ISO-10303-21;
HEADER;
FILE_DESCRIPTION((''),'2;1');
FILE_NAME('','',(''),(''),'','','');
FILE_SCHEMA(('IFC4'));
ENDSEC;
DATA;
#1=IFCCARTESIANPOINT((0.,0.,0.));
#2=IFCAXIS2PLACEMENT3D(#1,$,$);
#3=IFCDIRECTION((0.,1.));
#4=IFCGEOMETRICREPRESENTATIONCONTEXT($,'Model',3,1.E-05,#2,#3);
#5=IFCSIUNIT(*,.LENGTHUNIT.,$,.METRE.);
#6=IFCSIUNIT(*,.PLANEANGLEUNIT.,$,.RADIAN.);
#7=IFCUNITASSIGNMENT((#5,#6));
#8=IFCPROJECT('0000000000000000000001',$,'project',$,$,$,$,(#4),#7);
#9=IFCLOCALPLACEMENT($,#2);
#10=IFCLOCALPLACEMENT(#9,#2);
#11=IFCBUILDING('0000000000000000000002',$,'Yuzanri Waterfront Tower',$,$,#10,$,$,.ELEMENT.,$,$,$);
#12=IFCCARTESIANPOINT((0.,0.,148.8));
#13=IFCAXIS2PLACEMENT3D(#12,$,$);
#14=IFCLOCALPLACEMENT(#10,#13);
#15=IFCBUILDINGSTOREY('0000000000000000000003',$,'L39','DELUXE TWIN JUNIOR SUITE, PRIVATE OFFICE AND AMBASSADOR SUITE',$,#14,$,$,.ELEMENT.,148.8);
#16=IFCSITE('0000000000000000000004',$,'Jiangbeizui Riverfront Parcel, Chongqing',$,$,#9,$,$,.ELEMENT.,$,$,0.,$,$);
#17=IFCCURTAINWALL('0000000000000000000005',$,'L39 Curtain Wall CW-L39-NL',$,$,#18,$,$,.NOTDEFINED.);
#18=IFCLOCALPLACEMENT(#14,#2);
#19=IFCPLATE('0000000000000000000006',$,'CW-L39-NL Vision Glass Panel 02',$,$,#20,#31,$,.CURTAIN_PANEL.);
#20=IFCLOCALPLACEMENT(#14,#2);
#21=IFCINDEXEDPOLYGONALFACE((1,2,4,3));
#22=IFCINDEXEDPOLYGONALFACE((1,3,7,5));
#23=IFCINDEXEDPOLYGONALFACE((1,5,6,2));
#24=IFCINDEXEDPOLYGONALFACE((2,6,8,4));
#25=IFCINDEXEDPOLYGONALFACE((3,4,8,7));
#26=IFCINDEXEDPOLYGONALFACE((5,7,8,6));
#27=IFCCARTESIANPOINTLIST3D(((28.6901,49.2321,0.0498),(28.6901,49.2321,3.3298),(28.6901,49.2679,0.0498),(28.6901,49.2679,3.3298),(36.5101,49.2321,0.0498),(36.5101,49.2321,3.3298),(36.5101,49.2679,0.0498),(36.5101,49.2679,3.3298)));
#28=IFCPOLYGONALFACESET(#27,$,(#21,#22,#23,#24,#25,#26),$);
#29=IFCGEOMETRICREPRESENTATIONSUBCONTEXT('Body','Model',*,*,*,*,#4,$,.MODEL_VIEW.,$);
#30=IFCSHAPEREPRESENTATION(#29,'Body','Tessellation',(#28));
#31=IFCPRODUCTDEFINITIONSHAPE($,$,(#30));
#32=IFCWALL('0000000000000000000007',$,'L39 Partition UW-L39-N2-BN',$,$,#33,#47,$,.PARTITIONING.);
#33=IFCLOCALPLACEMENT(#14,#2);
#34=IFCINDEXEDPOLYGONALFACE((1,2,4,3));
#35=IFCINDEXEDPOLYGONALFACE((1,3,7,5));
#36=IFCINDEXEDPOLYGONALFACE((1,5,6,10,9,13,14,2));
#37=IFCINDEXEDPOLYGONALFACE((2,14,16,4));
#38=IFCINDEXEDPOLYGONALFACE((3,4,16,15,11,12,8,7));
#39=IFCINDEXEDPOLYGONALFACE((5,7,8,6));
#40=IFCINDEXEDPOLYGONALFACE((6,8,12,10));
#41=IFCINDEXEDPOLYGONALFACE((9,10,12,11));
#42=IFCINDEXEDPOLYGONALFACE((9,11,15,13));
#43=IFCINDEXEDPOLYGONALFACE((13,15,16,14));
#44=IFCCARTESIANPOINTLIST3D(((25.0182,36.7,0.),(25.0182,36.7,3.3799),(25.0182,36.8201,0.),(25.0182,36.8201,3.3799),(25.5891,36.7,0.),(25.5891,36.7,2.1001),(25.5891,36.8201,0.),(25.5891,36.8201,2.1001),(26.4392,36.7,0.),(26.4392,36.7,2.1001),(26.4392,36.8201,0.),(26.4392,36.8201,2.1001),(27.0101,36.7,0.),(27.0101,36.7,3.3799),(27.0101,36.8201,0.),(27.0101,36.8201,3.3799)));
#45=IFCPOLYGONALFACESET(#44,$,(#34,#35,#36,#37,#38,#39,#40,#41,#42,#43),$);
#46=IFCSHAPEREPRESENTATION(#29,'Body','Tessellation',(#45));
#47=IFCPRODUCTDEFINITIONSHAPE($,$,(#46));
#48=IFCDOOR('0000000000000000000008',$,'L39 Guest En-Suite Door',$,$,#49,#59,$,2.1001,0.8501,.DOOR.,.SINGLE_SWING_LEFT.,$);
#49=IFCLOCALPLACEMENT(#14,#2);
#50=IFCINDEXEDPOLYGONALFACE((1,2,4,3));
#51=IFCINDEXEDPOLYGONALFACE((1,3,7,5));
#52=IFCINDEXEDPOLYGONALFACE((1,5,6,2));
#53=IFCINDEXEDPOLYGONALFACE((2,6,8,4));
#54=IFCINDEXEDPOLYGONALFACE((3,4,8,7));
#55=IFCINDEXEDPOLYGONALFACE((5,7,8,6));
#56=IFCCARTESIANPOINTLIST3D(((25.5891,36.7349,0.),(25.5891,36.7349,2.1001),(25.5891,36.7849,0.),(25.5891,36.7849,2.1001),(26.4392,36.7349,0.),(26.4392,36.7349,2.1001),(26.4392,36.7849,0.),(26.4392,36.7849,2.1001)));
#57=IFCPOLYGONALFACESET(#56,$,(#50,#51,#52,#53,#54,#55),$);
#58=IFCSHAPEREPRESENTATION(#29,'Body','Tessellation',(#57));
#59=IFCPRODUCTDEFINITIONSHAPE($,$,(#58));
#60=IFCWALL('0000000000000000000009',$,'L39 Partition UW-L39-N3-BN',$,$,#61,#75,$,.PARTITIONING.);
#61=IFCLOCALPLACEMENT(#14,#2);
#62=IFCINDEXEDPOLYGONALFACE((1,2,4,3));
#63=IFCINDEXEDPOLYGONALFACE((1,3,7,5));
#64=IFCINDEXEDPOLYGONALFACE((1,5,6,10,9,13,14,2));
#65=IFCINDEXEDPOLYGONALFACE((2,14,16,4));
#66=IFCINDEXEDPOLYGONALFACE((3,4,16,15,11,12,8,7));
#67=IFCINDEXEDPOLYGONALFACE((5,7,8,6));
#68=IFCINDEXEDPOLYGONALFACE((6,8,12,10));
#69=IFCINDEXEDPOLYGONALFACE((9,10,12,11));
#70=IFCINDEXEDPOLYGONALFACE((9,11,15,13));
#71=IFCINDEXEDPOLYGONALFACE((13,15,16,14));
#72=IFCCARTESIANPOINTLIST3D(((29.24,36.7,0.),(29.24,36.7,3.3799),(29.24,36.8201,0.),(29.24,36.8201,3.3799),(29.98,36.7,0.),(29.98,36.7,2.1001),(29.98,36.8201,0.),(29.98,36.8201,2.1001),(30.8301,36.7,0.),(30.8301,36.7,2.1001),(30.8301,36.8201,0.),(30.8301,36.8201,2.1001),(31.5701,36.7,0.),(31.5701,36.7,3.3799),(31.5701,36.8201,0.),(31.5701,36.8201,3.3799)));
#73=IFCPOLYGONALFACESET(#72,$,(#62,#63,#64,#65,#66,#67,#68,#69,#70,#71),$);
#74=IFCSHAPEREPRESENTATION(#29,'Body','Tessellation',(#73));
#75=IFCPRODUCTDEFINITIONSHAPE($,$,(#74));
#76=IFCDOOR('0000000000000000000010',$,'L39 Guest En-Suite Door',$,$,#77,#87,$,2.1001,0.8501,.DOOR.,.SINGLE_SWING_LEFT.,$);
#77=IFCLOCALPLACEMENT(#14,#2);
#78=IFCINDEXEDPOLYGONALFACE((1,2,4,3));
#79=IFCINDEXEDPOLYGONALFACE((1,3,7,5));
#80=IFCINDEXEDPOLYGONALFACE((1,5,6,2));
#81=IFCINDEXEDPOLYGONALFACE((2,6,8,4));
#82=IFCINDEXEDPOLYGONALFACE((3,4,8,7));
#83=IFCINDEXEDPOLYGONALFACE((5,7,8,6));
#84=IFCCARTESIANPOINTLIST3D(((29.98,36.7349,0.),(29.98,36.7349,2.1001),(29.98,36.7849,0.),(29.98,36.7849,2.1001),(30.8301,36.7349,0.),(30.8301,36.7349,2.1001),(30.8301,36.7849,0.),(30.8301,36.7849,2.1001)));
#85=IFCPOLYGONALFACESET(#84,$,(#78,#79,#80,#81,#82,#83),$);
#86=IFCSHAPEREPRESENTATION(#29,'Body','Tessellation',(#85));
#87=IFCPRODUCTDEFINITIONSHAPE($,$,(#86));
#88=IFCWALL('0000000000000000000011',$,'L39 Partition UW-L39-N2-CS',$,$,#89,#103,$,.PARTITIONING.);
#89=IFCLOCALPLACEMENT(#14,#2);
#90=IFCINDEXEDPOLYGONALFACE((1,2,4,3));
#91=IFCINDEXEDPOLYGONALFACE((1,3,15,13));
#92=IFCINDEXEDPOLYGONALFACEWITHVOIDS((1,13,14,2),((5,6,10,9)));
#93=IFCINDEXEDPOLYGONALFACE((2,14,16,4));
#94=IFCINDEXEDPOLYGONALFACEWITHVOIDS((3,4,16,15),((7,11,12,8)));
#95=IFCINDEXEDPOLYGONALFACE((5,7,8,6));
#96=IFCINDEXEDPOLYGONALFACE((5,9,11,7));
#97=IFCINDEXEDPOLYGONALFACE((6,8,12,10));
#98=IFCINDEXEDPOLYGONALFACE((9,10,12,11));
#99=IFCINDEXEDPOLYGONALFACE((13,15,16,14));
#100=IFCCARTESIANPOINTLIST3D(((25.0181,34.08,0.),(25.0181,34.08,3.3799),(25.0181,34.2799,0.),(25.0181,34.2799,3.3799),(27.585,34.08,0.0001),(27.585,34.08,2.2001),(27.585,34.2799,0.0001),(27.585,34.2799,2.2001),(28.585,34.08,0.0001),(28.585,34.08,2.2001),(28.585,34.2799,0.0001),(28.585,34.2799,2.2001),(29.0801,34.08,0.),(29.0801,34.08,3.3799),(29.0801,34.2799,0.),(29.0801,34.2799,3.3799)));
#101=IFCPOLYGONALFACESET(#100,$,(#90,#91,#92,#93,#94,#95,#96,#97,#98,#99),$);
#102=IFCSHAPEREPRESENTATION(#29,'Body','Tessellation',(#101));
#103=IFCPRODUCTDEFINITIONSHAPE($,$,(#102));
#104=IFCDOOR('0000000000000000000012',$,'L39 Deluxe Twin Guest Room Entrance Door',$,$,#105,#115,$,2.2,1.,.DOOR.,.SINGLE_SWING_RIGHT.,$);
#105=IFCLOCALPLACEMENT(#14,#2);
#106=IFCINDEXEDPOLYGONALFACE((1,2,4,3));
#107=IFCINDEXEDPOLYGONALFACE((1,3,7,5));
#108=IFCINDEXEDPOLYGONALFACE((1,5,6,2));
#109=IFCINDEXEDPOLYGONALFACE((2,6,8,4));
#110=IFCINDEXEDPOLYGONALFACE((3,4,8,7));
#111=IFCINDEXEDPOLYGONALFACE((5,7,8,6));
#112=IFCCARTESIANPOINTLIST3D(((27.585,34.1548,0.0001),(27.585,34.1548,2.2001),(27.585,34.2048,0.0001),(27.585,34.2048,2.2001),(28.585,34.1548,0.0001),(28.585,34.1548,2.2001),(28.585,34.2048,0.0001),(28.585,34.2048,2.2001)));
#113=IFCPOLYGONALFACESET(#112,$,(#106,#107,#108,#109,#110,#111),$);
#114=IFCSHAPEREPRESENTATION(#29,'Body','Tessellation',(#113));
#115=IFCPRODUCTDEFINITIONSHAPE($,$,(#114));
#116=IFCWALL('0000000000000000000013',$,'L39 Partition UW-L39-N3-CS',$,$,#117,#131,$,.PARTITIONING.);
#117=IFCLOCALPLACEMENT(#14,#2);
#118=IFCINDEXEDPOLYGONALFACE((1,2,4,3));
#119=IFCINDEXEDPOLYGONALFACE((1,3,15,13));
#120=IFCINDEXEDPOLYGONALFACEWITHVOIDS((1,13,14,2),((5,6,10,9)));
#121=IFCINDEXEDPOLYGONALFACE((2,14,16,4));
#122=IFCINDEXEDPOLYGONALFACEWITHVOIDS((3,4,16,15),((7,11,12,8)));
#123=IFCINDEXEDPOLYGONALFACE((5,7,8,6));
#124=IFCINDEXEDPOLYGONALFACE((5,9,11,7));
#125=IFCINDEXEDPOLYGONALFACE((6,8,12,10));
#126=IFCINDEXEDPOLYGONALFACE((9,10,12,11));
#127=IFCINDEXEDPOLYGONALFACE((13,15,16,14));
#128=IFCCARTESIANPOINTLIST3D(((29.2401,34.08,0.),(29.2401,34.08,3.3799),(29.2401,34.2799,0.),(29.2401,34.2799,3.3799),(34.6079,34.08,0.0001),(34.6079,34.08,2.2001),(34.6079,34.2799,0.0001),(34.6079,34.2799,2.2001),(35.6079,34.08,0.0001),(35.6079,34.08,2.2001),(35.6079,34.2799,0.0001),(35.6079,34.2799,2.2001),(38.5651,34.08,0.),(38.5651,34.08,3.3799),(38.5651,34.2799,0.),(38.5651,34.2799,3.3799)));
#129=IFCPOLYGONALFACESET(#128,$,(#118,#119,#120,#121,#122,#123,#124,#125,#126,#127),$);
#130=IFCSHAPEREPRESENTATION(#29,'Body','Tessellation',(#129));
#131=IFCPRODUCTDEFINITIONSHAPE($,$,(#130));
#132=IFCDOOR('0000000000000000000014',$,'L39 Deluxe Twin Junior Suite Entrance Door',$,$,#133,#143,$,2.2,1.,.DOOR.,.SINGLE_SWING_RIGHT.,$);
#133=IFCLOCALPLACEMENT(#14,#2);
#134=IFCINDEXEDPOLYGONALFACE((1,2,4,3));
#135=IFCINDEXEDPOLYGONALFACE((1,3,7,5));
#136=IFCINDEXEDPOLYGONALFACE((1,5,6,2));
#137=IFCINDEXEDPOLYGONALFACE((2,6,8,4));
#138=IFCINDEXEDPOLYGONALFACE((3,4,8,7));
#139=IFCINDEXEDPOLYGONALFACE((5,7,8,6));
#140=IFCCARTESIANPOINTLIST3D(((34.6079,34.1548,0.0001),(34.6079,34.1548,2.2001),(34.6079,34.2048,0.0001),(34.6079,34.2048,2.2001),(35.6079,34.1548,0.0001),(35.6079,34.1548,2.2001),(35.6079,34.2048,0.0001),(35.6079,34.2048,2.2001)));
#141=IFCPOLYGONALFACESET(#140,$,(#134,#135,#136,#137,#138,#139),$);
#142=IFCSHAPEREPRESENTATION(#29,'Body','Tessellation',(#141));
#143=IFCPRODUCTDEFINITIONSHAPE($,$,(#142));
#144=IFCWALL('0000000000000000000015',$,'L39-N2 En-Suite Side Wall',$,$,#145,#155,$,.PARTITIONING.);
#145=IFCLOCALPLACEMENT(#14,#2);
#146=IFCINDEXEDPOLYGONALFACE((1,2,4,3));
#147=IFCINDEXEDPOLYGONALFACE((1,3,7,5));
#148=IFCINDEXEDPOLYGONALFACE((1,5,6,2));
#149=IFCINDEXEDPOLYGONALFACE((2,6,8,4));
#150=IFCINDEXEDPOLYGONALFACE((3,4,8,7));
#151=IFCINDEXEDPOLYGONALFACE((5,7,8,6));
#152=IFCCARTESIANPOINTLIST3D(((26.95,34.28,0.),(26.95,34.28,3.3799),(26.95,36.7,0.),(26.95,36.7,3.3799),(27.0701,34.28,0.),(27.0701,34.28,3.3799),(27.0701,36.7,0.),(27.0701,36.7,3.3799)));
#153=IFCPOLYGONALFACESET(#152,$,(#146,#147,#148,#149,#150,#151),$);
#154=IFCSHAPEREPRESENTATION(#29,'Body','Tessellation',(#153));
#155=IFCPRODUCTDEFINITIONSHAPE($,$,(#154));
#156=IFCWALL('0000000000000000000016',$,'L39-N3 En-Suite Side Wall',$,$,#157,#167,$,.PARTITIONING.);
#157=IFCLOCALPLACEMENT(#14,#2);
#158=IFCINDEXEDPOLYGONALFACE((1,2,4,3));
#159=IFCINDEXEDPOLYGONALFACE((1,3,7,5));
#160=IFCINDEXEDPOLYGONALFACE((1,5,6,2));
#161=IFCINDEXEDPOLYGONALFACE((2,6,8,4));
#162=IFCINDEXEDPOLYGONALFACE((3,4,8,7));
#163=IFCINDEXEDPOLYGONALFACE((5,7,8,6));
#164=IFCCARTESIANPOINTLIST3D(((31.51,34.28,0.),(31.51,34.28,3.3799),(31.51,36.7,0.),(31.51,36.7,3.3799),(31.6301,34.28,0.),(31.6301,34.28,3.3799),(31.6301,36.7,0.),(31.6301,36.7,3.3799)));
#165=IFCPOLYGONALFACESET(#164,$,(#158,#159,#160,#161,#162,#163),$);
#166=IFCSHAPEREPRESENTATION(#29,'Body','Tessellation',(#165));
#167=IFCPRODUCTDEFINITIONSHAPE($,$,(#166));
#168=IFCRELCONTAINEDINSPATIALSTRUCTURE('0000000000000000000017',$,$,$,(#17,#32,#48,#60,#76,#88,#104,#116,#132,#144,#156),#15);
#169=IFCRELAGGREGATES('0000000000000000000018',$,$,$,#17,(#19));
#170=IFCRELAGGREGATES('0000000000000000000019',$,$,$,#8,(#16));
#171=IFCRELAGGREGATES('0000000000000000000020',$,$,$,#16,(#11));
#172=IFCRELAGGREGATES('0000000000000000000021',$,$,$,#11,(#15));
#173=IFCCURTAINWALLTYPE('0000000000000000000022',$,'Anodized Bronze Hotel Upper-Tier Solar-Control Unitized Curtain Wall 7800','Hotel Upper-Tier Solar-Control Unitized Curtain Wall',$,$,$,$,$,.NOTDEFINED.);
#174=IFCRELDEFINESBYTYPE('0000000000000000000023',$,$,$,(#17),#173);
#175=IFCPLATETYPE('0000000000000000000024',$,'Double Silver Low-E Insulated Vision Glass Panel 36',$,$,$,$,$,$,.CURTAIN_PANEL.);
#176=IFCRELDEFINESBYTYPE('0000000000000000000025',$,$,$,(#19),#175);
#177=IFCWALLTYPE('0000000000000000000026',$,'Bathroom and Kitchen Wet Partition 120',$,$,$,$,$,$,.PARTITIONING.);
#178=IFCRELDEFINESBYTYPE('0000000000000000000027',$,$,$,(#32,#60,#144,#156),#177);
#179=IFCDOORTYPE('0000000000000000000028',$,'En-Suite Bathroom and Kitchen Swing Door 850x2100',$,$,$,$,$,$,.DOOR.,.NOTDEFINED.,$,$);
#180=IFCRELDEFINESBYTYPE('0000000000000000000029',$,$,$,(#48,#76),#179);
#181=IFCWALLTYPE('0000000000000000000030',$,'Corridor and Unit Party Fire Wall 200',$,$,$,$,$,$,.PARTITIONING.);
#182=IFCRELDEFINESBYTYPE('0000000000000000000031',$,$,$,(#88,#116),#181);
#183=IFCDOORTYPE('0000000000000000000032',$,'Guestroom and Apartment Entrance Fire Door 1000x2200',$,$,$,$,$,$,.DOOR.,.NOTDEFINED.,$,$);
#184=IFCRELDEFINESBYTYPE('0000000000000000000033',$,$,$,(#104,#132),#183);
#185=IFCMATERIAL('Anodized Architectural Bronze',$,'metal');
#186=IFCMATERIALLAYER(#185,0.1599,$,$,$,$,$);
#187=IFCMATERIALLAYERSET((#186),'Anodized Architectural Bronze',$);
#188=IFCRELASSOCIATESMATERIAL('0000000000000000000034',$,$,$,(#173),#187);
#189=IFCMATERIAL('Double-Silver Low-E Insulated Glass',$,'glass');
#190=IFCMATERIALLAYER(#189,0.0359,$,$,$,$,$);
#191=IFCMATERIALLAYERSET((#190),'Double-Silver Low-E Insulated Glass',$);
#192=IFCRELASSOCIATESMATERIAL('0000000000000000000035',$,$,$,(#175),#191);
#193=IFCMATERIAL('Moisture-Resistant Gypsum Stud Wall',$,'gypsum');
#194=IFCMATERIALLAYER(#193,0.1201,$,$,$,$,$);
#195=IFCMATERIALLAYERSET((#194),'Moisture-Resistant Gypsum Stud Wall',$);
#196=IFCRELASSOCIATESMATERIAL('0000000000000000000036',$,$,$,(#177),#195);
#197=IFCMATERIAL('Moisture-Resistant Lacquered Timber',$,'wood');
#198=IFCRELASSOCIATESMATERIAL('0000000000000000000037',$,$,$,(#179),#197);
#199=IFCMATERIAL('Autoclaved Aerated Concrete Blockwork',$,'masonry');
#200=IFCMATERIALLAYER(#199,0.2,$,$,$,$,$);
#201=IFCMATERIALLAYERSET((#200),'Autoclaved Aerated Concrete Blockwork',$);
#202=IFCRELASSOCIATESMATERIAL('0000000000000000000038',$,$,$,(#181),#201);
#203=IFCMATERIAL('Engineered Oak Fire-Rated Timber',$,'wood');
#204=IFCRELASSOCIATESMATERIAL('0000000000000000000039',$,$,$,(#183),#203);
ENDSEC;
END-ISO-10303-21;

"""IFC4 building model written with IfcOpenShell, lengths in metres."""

from ifc_helpers import new_model, si_unit, direction, frame, frame_2d, origin, origin_2d, place, context, subcontext, project, spatial, rectangle, extrude, source, transform, mapped, material, layer, layer_set, type_object, element, fill, aggregate, save


model = new_model("IFC4")

# Units and contexts
model_context = context("Model", 3, precision=1e-05, world=origin(), true_north=direction((0.0, 1.0)))
body_context = subcontext(model_context, "Body", "Model", "MODEL_VIEW")
ifc_project = project(units=[si_unit("LENGTHUNIT", "METRE"), si_unit("PLANEANGLEUNIT", "RADIAN")], contexts=[model_context])

# Site, building, storey
site_placement = place(None, origin())
site = spatial("IfcSite", under=ifc_project, at=site_placement, Name="Jiangbeizui Riverfront Parcel, Chongqing", CompositionType="ELEMENT", RefElevation=0.0)
building_placement = place(site_placement, origin())
building = spatial("IfcBuilding", under=site, at=building_placement, Name="Yuzanri Waterfront Tower", CompositionType="ELEMENT")
storey_placement = place(building_placement, frame((0.0, 0.0, 148.8)))
storey = spatial("IfcBuildingStorey", under=building, at=storey_placement, Name="L39", Description="DELUXE TWIN JUNIOR SUITE, PRIVATE OFFICE AND AMBASSADOR SUITE", CompositionType="ELEMENT", Elevation=148.8)

# Curtain wall, plate
ifc_material_1 = material(Name="Anodized Architectural Bronze", Category="metal")
ifc_layer_1 = layer(ifc_material_1, 0.1599)
ifc_layer_set_1 = layer_set([ifc_layer_1], Name="Anodized Architectural Bronze")
curtain_wall_type = type_object("IfcCurtainWallType", Name="Anodized Bronze Hotel Upper-Tier Solar-Control Unitized Curtain Wall 7800", Description="Hotel Upper-Tier Solar-Control Unitized Curtain Wall", PredefinedType="NOTDEFINED", material=ifc_layer_set_1)
curtain_wall_placement = place(storey_placement, origin())
curtain_wall = element("IfcCurtainWall", 1, at=curtain_wall_placement, inside=storey, type_object=curtain_wall_type, Name="L39 Curtain Wall CW-L39-NL", PredefinedType="NOTDEFINED")
ifc_material_2 = material(Name="Double-Silver Low-E Insulated Glass", Category="glass")
ifc_layer_2 = layer(ifc_material_2, 0.0359)
ifc_layer_set_2 = layer_set([ifc_layer_2], Name="Double-Silver Low-E Insulated Glass")
plate_type = type_object("IfcPlateType", Name="Double Silver Low-E Insulated Vision Glass Panel 36", PredefinedType="CURTAIN_PANEL", material=ifc_layer_set_2)
shared_shape_1 = source(origin(), body_context, "Body", "SweptSolid", [
    extrude(rectangle(XDim=7.8201, YDim=0.0359, at=origin_2d()), origin(), (0.0, 0.0, 1.0), 3.28),
])
plate_1_placement = place(storey_placement, frame((32.6001, 49.25, 0.0498), z_axis=(0.0, 0.0, 1.0), x_axis=(1.0, 0.0, 0.0)))
plate_1 = element("IfcPlate", 2, at=plate_1_placement, type_object=plate_type, Name="CW-L39-NL Vision Glass Panel 02", PredefinedType="CURTAIN_PANEL", context=body_context, shape_type="MappedRepresentation", body=[
    mapped(shared_shape_1, transform((0.0, 0.0, 0.0), scale=1.0)),
])
aggregate(curtain_wall, [plate_1])

# Walls, openings, doors
ifc_material_3 = material(Name="Moisture-Resistant Gypsum Stud Wall", Category="gypsum")
ifc_layer_3 = layer(ifc_material_3, 0.1201)
ifc_layer_set_3 = layer_set([ifc_layer_3], Name="Moisture-Resistant Gypsum Stud Wall")
wall_type_1 = type_object("IfcWallType", Name="Bathroom and Kitchen Wet Partition 120", PredefinedType="PARTITIONING", material=ifc_layer_set_3)
wall_1_placement = place(storey_placement, frame((25.0181, 36.76, 0.0), z_axis=(0.0, 0.0, 1.0), x_axis=(1.0, 0.0, 0.0)))
wall_1 = element("IfcWall", 3, at=wall_1_placement, inside=storey, type_object=wall_type_1, Name="L39 Partition UW-L39-N2-BN", PredefinedType="PARTITIONING", context=body_context, shape_type="SweptSolid", body=[
    extrude(rectangle(XDim=1.9919, YDim=0.1201, at=frame_2d((0.9961, 0.0))), origin(), (0.0, 0.0, 1.0), 3.3799),
])
opening_1_placement = place(wall_1_placement, frame((0.571, 0.0, 0.0)))
opening_1 = element("IfcOpeningElement", 4, at=opening_1_placement, cuts=wall_1, PredefinedType="OPENING", context=body_context, shape_type="SweptSolid", body=[
    extrude(rectangle(XDim=0.8501, YDim=2.1001, at=frame_2d((0.425, 1.05))), frame((0.0, 0.075, 0.0), z_axis=(0.0, -1.0, 0.0), x_axis=(1.0, 0.0, 0.0)), (0.0, 0.0, 1.0), 0.1499),
])
ifc_material_4 = material(Name="Moisture-Resistant Lacquered Timber", Category="wood")
door_type_1 = type_object("IfcDoorType", Name="En-Suite Bathroom and Kitchen Swing Door 850x2100", OperationType="NOTDEFINED", PredefinedType="DOOR", material=ifc_material_4)
shared_shape_2 = source(origin(), body_context, "Body", "SweptSolid", [
    extrude(rectangle(XDim=0.8501, YDim=2.1001, at=frame_2d((0.425, 1.05))), frame((0.0, 0.0249, 0.0), z_axis=(0.0, -1.0, 0.0), x_axis=(1.0, 0.0, 0.0)), (0.0, 0.0, 1.0), 0.05),
])
door_1_placement = place(opening_1_placement, origin())
door_1 = element("IfcDoor", 5, at=door_1_placement, inside=storey, type_object=door_type_1, Name="L39 Guest En-Suite Door", OperationType="SINGLE_SWING_LEFT", OverallHeight=2.1001, OverallWidth=0.8501, PredefinedType="DOOR", context=body_context, shape_type="MappedRepresentation", body=[
    mapped(shared_shape_2, transform((0.0, 0.0, 0.0), scale=1.0)),
])
fill(opening_1, door_1)
wall_2_placement = place(storey_placement, frame((29.24, 36.76, 0.0), z_axis=(0.0, 0.0, 1.0), x_axis=(1.0, 0.0, 0.0)))
wall_2 = element("IfcWall", 6, at=wall_2_placement, inside=storey, type_object=wall_type_1, Name="L39 Partition UW-L39-N3-BN", PredefinedType="PARTITIONING", context=body_context, shape_type="SweptSolid", body=[
    extrude(rectangle(XDim=2.3301, YDim=0.1201, at=frame_2d((1.165, 0.0))), origin(), (0.0, 0.0, 1.0), 3.3799),
])
opening_2_placement = place(wall_2_placement, frame((0.74, 0.0, 0.0)))
opening_2 = element("IfcOpeningElement", 7, at=opening_2_placement, cuts=wall_2, PredefinedType="OPENING", context=body_context, shape_type="SweptSolid", body=[
    extrude(rectangle(XDim=0.8501, YDim=2.1001, at=frame_2d((0.425, 1.05))), frame((0.0, 0.075, 0.0), z_axis=(0.0, -1.0, 0.0), x_axis=(1.0, 0.0, 0.0)), (0.0, 0.0, 1.0), 0.1499),
])
door_2_placement = place(opening_2_placement, origin())
door_2 = element("IfcDoor", 8, at=door_2_placement, inside=storey, type_object=door_type_1, Name="L39 Guest En-Suite Door", OperationType="SINGLE_SWING_LEFT", OverallHeight=2.1001, OverallWidth=0.8501, PredefinedType="DOOR", context=body_context, shape_type="MappedRepresentation", body=[
    mapped(shared_shape_2, transform((0.0, 0.0, 0.0), scale=1.0)),
])
fill(opening_2, door_2)
ifc_material_5 = material(Name="Autoclaved Aerated Concrete Blockwork", Category="masonry")
ifc_layer_4 = layer(ifc_material_5, 0.2)
ifc_layer_set_4 = layer_set([ifc_layer_4], Name="Autoclaved Aerated Concrete Blockwork")
wall_type_2 = type_object("IfcWallType", Name="Corridor and Unit Party Fire Wall 200", PredefinedType="PARTITIONING", material=ifc_layer_set_4)
wall_3_placement = place(storey_placement, frame((25.0181, 34.1799, 0.0), z_axis=(0.0, 0.0, 1.0), x_axis=(1.0, 0.0, 0.0)))
wall_3 = element("IfcWall", 9, at=wall_3_placement, inside=storey, type_object=wall_type_2, Name="L39 Partition UW-L39-N2-CS", PredefinedType="PARTITIONING", context=body_context, shape_type="SweptSolid", body=[
    extrude(rectangle(XDim=4.062, YDim=0.2, at=frame_2d((2.031, 0.0))), origin(), (0.0, 0.0, 1.0), 3.3799),
])
opening_3_placement = place(wall_3_placement, frame((2.5669, 0.0, 0.0)))
opening_3 = element("IfcOpeningElement", 10, at=opening_3_placement, cuts=wall_3, PredefinedType="OPENING", context=body_context, shape_type="SweptSolid", body=[
    extrude(rectangle(XDim=1.0, YDim=2.2, at=frame_2d((0.5, 1.1001))), frame((0.0, 0.1147, 0.0), z_axis=(0.0, -1.0, 0.0), x_axis=(1.0, 0.0, 0.0)), (0.0, 0.0, 1.0), 0.2297),
])
ifc_material_6 = material(Name="Engineered Oak Fire-Rated Timber", Category="wood")
door_type_2 = type_object("IfcDoorType", Name="Guestroom and Apartment Entrance Fire Door 1000x2200", OperationType="NOTDEFINED", PredefinedType="DOOR", material=ifc_material_6)
shared_shape_3 = source(origin(), body_context, "Body", "SweptSolid", [
    extrude(rectangle(XDim=1.0, YDim=2.2, at=frame_2d((0.5, 1.1001))), frame((0.0, 0.0249, 0.0), z_axis=(0.0, -1.0, 0.0), x_axis=(1.0, 0.0, 0.0)), (0.0, 0.0, 1.0), 0.05),
])
door_3_placement = place(opening_3_placement, origin())
door_3 = element("IfcDoor", 11, at=door_3_placement, inside=storey, type_object=door_type_2, Name="L39 Deluxe Twin Guest Room Entrance Door", OperationType="SINGLE_SWING_RIGHT", OverallHeight=2.2, OverallWidth=1.0, PredefinedType="DOOR", context=body_context, shape_type="MappedRepresentation", body=[
    mapped(shared_shape_3, transform((0.0, 0.0, 0.0), scale=1.0)),
])
fill(opening_3, door_3)
wall_4_placement = place(storey_placement, frame((29.24, 34.1799, 0.0), z_axis=(0.0, 0.0, 1.0), x_axis=(1.0, 0.0, 0.0)))
wall_4 = element("IfcWall", 12, at=wall_4_placement, inside=storey, type_object=wall_type_2, Name="L39 Partition UW-L39-N3-CS", PredefinedType="PARTITIONING", context=body_context, shape_type="SweptSolid", body=[
    extrude(rectangle(XDim=9.325, YDim=0.2, at=frame_2d((4.6626, 0.0))), origin(), (0.0, 0.0, 1.0), 3.3799),
])
opening_4_placement = place(wall_4_placement, frame((5.3679, 0.0, 0.0)))
opening_4 = element("IfcOpeningElement", 13, at=opening_4_placement, cuts=wall_4, PredefinedType="OPENING", context=body_context, shape_type="SweptSolid", body=[
    extrude(rectangle(XDim=1.0, YDim=2.2, at=frame_2d((0.5, 1.1001))), frame((0.0, 0.1147, 0.0), z_axis=(0.0, -1.0, 0.0), x_axis=(1.0, 0.0, 0.0)), (0.0, 0.0, 1.0), 0.2297),
])
door_4_placement = place(opening_4_placement, origin())
door_4 = element("IfcDoor", 14, at=door_4_placement, inside=storey, type_object=door_type_2, Name="L39 Deluxe Twin Junior Suite Entrance Door", OperationType="SINGLE_SWING_RIGHT", OverallHeight=2.2, OverallWidth=1.0, PredefinedType="DOOR", context=body_context, shape_type="MappedRepresentation", body=[
    mapped(shared_shape_3, transform((0.0, 0.0, 0.0), scale=1.0)),
])
fill(opening_4, door_4)

# Walls
shared_shape_4 = source(origin(), body_context, "Body", "SweptSolid", [
    extrude(rectangle(XDim=2.4199, YDim=0.1201, at=frame_2d((1.21, 0.0))), origin(), (0.0, 0.0, 1.0), 3.3799),
])
for number, where, z_axis, x_axis, name in (
    (15, (27.01, 34.28, 0.0), (0.0, 0.0, 1.0), (0.0, 1.0, 0.0), "L39-N2 En-Suite Side Wall"),
    (16, (31.5701, 34.28, 0.0), (0.0, 0.0, 1.0), (0.0, 1.0, 0.0), "L39-N3 En-Suite Side Wall"),
):
    element("IfcWall", number, at=place(storey_placement, frame(where, z_axis=z_axis, x_axis=x_axis)), inside=storey, type_object=wall_type_1, Name=name, PredefinedType="PARTITIONING", context=body_context, shape_type="MappedRepresentation", body=[
        mapped(shared_shape_4, transform((0.0, 0.0, 0.0), scale=1.0)),
    ])

save(model, "model.ifc")
